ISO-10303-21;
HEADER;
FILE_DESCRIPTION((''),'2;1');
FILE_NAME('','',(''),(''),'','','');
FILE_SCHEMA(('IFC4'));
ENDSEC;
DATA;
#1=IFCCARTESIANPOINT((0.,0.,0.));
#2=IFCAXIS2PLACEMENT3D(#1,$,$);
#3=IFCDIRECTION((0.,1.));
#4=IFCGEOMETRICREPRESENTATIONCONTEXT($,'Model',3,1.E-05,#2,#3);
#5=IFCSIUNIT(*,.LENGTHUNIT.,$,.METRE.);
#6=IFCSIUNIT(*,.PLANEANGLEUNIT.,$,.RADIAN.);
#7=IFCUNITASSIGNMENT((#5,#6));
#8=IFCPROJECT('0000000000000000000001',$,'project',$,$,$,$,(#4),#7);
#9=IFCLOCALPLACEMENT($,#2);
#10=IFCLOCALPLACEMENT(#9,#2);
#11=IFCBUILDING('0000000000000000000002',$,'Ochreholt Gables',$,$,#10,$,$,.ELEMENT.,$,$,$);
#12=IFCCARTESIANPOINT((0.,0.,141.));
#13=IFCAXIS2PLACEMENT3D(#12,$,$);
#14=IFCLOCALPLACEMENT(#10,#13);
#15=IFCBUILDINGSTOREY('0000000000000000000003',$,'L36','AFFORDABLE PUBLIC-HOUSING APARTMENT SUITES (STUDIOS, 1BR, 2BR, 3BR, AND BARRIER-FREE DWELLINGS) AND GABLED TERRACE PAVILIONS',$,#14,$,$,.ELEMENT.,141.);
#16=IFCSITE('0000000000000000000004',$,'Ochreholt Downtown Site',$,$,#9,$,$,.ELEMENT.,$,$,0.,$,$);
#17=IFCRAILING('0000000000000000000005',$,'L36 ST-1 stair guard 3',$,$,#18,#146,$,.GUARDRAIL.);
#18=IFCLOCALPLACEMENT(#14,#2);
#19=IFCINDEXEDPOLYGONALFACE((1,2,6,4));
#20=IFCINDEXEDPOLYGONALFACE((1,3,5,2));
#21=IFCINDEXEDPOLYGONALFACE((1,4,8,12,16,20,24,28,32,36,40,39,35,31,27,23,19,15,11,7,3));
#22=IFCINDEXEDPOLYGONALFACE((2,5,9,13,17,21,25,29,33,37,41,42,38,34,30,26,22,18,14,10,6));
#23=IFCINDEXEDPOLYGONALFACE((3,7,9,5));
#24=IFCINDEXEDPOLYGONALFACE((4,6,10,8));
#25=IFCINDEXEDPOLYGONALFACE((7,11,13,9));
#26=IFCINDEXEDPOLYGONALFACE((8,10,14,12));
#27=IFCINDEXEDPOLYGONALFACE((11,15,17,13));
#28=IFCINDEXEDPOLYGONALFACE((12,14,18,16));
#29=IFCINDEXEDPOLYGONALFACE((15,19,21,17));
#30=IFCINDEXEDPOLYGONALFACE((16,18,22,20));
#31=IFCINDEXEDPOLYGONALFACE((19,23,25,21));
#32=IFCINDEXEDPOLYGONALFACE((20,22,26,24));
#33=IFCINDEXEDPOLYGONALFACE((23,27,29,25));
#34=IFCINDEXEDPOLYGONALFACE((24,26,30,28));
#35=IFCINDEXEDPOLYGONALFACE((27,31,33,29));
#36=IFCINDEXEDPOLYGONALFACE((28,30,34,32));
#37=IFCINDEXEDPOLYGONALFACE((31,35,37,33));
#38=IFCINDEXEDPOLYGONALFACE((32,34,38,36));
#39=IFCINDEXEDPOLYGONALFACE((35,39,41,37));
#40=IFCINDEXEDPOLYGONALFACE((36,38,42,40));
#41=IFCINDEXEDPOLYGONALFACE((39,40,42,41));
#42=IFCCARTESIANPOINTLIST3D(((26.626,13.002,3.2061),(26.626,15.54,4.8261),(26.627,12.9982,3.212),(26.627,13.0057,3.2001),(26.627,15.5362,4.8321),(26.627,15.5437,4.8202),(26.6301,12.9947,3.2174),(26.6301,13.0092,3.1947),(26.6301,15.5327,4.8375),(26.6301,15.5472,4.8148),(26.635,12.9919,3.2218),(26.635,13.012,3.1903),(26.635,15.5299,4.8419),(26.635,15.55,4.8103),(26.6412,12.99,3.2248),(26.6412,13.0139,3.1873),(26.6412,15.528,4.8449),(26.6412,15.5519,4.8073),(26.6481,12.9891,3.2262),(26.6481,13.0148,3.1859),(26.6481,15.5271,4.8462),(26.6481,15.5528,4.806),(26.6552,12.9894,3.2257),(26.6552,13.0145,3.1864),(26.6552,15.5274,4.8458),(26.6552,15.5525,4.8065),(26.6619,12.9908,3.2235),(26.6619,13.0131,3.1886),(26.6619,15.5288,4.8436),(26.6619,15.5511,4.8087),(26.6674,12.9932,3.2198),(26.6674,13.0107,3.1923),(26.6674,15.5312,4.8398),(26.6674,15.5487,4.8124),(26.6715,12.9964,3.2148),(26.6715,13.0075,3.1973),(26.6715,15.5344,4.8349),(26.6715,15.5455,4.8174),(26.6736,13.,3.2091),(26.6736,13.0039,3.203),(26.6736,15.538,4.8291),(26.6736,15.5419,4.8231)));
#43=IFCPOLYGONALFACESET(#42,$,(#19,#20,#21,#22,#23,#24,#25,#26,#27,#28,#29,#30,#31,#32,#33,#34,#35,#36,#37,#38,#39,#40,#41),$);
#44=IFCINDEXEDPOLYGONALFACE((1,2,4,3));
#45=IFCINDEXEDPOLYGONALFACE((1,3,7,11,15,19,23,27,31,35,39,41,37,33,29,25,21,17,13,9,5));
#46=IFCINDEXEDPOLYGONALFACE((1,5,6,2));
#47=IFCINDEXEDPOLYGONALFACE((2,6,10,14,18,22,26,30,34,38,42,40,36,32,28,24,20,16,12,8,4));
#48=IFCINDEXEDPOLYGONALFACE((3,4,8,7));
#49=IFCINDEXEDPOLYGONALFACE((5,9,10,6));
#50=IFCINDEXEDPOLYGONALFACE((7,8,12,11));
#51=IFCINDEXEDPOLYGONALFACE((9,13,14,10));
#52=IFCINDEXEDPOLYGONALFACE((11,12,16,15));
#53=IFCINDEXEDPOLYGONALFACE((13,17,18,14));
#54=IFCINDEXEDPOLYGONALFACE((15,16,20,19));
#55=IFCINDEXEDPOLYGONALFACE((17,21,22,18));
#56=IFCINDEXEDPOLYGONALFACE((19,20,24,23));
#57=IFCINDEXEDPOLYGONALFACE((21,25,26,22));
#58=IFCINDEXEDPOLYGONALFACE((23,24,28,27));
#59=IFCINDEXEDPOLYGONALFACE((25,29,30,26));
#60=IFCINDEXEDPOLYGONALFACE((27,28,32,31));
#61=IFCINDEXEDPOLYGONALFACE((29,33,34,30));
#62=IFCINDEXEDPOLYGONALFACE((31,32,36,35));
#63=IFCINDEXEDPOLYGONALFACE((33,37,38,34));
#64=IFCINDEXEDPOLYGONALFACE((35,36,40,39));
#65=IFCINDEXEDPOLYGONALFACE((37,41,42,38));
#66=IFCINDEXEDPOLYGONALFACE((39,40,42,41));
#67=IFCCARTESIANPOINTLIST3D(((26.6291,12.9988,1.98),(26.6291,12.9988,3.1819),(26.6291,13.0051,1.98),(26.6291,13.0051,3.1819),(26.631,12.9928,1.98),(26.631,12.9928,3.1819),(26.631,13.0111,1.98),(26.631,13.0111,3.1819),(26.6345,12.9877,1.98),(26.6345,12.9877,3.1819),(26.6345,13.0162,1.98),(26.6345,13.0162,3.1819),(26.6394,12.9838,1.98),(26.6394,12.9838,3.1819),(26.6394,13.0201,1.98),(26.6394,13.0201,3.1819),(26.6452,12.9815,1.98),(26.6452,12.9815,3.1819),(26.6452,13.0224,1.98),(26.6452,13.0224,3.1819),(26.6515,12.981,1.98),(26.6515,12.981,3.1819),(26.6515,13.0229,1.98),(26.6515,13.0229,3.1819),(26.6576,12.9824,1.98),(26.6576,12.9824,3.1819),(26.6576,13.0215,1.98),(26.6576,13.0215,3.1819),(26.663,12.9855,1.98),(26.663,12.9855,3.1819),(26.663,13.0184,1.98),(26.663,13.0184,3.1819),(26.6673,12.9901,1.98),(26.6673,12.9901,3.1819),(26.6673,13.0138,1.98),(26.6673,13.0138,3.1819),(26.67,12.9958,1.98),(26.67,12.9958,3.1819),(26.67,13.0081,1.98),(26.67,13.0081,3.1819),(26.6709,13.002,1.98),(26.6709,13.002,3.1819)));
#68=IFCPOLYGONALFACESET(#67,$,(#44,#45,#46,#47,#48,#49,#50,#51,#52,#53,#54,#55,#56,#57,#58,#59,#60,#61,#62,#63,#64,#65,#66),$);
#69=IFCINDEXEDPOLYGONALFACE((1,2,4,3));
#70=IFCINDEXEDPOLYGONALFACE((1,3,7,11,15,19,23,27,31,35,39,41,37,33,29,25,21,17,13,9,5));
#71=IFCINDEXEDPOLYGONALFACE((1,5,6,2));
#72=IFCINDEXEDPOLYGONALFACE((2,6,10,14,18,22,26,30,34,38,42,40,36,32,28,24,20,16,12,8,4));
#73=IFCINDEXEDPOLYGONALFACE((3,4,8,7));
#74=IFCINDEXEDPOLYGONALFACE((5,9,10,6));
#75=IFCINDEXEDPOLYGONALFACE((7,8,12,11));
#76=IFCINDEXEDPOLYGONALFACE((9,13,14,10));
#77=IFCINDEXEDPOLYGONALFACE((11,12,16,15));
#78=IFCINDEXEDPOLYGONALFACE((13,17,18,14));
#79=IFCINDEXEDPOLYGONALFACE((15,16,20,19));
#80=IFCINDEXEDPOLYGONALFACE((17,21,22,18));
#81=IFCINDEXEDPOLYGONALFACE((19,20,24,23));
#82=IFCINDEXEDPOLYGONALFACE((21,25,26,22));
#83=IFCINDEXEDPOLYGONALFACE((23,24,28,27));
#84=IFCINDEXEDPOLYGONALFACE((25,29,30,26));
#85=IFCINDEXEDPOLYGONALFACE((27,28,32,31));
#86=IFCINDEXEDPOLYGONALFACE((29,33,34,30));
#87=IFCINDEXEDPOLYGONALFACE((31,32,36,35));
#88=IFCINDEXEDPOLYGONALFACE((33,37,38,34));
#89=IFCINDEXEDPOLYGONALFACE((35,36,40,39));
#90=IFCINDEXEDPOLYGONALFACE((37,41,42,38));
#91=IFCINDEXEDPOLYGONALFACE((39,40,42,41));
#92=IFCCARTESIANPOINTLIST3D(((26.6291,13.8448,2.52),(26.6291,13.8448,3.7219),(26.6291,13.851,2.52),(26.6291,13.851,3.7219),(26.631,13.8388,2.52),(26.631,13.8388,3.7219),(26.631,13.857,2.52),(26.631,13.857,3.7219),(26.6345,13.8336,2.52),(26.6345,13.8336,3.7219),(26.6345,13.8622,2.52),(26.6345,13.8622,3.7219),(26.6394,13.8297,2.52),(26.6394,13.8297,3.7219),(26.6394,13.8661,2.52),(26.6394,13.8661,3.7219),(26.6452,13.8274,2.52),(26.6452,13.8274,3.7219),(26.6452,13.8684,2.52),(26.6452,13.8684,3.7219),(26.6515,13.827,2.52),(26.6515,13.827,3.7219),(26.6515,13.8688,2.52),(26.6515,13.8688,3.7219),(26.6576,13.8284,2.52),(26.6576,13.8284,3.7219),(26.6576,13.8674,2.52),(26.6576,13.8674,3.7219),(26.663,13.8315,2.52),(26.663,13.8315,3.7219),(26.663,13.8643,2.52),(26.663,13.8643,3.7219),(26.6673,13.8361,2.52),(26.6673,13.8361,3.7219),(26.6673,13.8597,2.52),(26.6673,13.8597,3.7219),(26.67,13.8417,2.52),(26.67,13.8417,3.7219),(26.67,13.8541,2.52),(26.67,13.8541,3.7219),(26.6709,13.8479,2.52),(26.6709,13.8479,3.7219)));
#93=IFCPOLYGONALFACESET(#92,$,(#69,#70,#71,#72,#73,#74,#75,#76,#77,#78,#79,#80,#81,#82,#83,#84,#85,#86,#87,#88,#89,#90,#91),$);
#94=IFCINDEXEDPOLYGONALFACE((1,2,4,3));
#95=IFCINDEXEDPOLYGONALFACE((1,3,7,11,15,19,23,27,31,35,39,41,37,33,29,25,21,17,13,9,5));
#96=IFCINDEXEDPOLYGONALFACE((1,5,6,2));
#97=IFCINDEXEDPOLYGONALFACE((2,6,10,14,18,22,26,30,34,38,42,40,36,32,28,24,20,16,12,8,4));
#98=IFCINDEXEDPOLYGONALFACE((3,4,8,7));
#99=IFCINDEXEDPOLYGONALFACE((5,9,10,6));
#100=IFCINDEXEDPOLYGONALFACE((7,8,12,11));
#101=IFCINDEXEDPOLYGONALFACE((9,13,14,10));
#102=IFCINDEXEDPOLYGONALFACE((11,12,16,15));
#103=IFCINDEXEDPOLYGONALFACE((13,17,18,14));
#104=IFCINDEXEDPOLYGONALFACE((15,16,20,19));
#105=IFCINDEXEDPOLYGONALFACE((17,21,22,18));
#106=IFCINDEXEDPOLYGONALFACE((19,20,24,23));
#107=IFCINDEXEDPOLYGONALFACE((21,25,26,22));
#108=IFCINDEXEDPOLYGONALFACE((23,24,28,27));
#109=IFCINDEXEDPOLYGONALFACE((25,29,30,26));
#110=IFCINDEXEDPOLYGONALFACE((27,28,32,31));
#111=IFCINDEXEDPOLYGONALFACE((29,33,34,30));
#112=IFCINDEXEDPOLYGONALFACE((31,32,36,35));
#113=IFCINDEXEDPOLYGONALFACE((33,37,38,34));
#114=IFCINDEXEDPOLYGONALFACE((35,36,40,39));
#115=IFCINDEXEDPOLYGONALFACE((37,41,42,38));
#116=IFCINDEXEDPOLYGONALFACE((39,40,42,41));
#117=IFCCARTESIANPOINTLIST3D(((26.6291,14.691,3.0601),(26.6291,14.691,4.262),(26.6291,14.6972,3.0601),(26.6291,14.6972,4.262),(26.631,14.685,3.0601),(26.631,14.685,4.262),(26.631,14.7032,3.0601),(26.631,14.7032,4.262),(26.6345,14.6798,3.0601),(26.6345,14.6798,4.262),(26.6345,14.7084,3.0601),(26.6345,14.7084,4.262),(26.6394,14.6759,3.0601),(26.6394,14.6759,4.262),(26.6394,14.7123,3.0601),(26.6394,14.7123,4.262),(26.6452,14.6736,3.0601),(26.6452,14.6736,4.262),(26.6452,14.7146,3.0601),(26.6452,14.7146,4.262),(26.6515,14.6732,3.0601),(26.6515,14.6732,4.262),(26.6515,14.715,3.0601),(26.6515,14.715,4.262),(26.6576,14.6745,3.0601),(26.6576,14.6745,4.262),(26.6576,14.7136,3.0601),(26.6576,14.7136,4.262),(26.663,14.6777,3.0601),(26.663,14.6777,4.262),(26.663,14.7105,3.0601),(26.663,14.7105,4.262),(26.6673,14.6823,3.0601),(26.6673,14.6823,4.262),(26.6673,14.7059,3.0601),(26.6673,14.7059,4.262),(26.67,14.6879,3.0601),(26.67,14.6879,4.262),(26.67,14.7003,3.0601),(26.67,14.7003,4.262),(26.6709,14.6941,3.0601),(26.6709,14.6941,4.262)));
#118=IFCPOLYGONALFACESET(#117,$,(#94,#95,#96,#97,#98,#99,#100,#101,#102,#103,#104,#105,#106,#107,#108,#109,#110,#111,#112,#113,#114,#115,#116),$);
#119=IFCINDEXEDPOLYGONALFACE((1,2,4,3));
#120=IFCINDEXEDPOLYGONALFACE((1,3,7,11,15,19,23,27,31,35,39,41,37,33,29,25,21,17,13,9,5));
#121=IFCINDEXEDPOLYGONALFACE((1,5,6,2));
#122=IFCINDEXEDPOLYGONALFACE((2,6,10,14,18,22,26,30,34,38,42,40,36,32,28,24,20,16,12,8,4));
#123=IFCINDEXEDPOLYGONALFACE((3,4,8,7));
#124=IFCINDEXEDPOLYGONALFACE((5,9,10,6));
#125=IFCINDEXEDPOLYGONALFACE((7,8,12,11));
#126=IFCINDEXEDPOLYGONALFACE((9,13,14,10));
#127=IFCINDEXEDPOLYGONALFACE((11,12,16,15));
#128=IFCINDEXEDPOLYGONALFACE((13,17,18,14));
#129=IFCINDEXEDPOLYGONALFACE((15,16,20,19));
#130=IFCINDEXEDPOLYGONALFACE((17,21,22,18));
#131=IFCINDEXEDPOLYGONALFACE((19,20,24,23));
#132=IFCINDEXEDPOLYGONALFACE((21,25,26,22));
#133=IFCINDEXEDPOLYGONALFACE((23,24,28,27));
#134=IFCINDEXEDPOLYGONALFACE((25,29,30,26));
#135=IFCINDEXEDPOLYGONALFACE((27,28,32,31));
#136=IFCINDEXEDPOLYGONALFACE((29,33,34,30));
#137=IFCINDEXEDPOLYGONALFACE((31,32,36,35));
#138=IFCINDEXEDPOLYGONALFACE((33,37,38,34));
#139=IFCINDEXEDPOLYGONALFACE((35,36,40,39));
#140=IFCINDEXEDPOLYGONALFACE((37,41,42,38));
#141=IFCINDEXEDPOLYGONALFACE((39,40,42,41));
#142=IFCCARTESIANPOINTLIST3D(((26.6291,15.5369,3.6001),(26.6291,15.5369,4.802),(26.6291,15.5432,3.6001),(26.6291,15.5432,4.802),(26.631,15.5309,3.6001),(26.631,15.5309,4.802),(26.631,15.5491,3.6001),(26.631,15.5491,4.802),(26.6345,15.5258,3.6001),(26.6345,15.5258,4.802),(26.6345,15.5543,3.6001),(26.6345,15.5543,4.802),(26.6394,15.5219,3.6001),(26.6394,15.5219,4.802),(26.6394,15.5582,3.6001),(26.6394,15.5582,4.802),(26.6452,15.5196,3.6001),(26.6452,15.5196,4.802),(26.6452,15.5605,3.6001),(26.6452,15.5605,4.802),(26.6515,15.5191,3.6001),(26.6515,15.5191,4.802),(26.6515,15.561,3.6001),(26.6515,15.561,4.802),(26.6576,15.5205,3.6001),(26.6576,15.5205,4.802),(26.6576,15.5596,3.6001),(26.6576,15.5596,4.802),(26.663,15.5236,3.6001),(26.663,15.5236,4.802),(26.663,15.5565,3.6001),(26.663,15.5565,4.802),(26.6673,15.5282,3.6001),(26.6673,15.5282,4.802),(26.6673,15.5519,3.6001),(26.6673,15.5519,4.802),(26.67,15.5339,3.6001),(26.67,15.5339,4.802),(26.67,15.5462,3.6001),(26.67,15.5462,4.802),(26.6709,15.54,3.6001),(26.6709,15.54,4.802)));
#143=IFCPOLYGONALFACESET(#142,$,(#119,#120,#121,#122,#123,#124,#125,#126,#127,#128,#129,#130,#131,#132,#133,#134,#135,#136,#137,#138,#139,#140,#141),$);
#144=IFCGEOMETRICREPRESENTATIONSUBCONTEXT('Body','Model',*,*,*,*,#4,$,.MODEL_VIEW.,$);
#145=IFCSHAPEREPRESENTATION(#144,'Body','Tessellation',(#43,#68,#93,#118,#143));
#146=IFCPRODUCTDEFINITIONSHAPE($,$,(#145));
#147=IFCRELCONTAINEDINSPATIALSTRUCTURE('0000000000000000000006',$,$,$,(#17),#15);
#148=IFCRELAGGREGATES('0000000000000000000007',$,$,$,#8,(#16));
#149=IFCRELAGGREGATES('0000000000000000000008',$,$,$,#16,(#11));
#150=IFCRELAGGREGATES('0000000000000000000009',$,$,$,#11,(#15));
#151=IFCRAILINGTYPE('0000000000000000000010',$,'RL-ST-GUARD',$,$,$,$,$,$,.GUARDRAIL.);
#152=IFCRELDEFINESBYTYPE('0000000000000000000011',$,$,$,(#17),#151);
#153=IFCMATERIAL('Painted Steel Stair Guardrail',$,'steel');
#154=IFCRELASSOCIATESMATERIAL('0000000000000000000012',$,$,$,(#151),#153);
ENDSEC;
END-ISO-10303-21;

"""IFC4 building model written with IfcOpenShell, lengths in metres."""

from ifc_helpers import new_model, si_unit, direction, frame, origin, origin_2d, place, context, subcontext, project, spatial, circle, extrude, material, type_object, element, save


model = new_model("IFC4")

# Units and contexts
model_context = context("Model", 3, precision=1e-05, world=origin(), true_north=direction((0.0, 1.0)))
body_context = subcontext(model_context, "Body", "Model", "MODEL_VIEW")
ifc_project = project(units=[si_unit("LENGTHUNIT", "METRE"), si_unit("PLANEANGLEUNIT", "RADIAN")], contexts=[model_context])

# Site, building, storey
site_placement = place(None, origin())
site = spatial("IfcSite", under=ifc_project, at=site_placement, Name="Ochreholt Downtown Site", CompositionType="ELEMENT", RefElevation=0.0)
building_placement = place(site_placement, origin())
building = spatial("IfcBuilding", under=site, at=building_placement, Name="Ochreholt Gables", CompositionType="ELEMENT")
storey_placement = place(building_placement, frame((0.0, 0.0, 141.0)))
storey = spatial("IfcBuildingStorey", under=building, at=storey_placement, Name="L36", Description="AFFORDABLE PUBLIC-HOUSING APARTMENT SUITES (STUDIOS, 1BR, 2BR, 3BR, AND BARRIER-FREE DWELLINGS) AND GABLED TERRACE PAVILIONS", CompositionType="ELEMENT", Elevation=141.0)

# Railing
ifc_material_1 = material(Name="Painted Steel Stair Guardrail", Category="steel")
railing_type_1 = type_object("IfcRailingType", Name="RL-ST-GUARD", PredefinedType="GUARDRAIL", material=ifc_material_1)
railing_1_placement = place(storey_placement, frame((26.6499, 13.002, 1.98)))
element("IfcRailing", 1, at=railing_1_placement, inside=storey, type_object=railing_type_1, Name="L36 ST-1 stair guard 3", PredefinedType="GUARDRAIL", context=body_context, shape_type="SweptSolid", body=[
    extrude(circle(Radius=0.0239, at=origin_2d()), frame((0.0, 0.0, 1.2261), z_axis=(0.0, 0.842913, 0.53805), x_axis=(-1.0, 0.0, 0.0)), (0.0, 0.0, 1.0), 3.011),
    extrude(circle(Radius=0.021, at=origin_2d()), origin(), (0.0, 0.0, 1.0), 1.2019),
    extrude(circle(Radius=0.021, at=origin_2d()), frame((0.0, 0.8459, 0.54)), (0.0, 0.0, 1.0), 1.2019),
    extrude(circle(Radius=0.021, at=origin_2d()), frame((0.0, 1.6921, 1.0801)), (0.0, 0.0, 1.0), 1.2019),
    extrude(circle(Radius=0.021, at=origin_2d()), frame((0.0, 2.5381, 1.6201)), (0.0, 0.0, 1.0), 1.2019),
])

save(model, "model.ifc")
